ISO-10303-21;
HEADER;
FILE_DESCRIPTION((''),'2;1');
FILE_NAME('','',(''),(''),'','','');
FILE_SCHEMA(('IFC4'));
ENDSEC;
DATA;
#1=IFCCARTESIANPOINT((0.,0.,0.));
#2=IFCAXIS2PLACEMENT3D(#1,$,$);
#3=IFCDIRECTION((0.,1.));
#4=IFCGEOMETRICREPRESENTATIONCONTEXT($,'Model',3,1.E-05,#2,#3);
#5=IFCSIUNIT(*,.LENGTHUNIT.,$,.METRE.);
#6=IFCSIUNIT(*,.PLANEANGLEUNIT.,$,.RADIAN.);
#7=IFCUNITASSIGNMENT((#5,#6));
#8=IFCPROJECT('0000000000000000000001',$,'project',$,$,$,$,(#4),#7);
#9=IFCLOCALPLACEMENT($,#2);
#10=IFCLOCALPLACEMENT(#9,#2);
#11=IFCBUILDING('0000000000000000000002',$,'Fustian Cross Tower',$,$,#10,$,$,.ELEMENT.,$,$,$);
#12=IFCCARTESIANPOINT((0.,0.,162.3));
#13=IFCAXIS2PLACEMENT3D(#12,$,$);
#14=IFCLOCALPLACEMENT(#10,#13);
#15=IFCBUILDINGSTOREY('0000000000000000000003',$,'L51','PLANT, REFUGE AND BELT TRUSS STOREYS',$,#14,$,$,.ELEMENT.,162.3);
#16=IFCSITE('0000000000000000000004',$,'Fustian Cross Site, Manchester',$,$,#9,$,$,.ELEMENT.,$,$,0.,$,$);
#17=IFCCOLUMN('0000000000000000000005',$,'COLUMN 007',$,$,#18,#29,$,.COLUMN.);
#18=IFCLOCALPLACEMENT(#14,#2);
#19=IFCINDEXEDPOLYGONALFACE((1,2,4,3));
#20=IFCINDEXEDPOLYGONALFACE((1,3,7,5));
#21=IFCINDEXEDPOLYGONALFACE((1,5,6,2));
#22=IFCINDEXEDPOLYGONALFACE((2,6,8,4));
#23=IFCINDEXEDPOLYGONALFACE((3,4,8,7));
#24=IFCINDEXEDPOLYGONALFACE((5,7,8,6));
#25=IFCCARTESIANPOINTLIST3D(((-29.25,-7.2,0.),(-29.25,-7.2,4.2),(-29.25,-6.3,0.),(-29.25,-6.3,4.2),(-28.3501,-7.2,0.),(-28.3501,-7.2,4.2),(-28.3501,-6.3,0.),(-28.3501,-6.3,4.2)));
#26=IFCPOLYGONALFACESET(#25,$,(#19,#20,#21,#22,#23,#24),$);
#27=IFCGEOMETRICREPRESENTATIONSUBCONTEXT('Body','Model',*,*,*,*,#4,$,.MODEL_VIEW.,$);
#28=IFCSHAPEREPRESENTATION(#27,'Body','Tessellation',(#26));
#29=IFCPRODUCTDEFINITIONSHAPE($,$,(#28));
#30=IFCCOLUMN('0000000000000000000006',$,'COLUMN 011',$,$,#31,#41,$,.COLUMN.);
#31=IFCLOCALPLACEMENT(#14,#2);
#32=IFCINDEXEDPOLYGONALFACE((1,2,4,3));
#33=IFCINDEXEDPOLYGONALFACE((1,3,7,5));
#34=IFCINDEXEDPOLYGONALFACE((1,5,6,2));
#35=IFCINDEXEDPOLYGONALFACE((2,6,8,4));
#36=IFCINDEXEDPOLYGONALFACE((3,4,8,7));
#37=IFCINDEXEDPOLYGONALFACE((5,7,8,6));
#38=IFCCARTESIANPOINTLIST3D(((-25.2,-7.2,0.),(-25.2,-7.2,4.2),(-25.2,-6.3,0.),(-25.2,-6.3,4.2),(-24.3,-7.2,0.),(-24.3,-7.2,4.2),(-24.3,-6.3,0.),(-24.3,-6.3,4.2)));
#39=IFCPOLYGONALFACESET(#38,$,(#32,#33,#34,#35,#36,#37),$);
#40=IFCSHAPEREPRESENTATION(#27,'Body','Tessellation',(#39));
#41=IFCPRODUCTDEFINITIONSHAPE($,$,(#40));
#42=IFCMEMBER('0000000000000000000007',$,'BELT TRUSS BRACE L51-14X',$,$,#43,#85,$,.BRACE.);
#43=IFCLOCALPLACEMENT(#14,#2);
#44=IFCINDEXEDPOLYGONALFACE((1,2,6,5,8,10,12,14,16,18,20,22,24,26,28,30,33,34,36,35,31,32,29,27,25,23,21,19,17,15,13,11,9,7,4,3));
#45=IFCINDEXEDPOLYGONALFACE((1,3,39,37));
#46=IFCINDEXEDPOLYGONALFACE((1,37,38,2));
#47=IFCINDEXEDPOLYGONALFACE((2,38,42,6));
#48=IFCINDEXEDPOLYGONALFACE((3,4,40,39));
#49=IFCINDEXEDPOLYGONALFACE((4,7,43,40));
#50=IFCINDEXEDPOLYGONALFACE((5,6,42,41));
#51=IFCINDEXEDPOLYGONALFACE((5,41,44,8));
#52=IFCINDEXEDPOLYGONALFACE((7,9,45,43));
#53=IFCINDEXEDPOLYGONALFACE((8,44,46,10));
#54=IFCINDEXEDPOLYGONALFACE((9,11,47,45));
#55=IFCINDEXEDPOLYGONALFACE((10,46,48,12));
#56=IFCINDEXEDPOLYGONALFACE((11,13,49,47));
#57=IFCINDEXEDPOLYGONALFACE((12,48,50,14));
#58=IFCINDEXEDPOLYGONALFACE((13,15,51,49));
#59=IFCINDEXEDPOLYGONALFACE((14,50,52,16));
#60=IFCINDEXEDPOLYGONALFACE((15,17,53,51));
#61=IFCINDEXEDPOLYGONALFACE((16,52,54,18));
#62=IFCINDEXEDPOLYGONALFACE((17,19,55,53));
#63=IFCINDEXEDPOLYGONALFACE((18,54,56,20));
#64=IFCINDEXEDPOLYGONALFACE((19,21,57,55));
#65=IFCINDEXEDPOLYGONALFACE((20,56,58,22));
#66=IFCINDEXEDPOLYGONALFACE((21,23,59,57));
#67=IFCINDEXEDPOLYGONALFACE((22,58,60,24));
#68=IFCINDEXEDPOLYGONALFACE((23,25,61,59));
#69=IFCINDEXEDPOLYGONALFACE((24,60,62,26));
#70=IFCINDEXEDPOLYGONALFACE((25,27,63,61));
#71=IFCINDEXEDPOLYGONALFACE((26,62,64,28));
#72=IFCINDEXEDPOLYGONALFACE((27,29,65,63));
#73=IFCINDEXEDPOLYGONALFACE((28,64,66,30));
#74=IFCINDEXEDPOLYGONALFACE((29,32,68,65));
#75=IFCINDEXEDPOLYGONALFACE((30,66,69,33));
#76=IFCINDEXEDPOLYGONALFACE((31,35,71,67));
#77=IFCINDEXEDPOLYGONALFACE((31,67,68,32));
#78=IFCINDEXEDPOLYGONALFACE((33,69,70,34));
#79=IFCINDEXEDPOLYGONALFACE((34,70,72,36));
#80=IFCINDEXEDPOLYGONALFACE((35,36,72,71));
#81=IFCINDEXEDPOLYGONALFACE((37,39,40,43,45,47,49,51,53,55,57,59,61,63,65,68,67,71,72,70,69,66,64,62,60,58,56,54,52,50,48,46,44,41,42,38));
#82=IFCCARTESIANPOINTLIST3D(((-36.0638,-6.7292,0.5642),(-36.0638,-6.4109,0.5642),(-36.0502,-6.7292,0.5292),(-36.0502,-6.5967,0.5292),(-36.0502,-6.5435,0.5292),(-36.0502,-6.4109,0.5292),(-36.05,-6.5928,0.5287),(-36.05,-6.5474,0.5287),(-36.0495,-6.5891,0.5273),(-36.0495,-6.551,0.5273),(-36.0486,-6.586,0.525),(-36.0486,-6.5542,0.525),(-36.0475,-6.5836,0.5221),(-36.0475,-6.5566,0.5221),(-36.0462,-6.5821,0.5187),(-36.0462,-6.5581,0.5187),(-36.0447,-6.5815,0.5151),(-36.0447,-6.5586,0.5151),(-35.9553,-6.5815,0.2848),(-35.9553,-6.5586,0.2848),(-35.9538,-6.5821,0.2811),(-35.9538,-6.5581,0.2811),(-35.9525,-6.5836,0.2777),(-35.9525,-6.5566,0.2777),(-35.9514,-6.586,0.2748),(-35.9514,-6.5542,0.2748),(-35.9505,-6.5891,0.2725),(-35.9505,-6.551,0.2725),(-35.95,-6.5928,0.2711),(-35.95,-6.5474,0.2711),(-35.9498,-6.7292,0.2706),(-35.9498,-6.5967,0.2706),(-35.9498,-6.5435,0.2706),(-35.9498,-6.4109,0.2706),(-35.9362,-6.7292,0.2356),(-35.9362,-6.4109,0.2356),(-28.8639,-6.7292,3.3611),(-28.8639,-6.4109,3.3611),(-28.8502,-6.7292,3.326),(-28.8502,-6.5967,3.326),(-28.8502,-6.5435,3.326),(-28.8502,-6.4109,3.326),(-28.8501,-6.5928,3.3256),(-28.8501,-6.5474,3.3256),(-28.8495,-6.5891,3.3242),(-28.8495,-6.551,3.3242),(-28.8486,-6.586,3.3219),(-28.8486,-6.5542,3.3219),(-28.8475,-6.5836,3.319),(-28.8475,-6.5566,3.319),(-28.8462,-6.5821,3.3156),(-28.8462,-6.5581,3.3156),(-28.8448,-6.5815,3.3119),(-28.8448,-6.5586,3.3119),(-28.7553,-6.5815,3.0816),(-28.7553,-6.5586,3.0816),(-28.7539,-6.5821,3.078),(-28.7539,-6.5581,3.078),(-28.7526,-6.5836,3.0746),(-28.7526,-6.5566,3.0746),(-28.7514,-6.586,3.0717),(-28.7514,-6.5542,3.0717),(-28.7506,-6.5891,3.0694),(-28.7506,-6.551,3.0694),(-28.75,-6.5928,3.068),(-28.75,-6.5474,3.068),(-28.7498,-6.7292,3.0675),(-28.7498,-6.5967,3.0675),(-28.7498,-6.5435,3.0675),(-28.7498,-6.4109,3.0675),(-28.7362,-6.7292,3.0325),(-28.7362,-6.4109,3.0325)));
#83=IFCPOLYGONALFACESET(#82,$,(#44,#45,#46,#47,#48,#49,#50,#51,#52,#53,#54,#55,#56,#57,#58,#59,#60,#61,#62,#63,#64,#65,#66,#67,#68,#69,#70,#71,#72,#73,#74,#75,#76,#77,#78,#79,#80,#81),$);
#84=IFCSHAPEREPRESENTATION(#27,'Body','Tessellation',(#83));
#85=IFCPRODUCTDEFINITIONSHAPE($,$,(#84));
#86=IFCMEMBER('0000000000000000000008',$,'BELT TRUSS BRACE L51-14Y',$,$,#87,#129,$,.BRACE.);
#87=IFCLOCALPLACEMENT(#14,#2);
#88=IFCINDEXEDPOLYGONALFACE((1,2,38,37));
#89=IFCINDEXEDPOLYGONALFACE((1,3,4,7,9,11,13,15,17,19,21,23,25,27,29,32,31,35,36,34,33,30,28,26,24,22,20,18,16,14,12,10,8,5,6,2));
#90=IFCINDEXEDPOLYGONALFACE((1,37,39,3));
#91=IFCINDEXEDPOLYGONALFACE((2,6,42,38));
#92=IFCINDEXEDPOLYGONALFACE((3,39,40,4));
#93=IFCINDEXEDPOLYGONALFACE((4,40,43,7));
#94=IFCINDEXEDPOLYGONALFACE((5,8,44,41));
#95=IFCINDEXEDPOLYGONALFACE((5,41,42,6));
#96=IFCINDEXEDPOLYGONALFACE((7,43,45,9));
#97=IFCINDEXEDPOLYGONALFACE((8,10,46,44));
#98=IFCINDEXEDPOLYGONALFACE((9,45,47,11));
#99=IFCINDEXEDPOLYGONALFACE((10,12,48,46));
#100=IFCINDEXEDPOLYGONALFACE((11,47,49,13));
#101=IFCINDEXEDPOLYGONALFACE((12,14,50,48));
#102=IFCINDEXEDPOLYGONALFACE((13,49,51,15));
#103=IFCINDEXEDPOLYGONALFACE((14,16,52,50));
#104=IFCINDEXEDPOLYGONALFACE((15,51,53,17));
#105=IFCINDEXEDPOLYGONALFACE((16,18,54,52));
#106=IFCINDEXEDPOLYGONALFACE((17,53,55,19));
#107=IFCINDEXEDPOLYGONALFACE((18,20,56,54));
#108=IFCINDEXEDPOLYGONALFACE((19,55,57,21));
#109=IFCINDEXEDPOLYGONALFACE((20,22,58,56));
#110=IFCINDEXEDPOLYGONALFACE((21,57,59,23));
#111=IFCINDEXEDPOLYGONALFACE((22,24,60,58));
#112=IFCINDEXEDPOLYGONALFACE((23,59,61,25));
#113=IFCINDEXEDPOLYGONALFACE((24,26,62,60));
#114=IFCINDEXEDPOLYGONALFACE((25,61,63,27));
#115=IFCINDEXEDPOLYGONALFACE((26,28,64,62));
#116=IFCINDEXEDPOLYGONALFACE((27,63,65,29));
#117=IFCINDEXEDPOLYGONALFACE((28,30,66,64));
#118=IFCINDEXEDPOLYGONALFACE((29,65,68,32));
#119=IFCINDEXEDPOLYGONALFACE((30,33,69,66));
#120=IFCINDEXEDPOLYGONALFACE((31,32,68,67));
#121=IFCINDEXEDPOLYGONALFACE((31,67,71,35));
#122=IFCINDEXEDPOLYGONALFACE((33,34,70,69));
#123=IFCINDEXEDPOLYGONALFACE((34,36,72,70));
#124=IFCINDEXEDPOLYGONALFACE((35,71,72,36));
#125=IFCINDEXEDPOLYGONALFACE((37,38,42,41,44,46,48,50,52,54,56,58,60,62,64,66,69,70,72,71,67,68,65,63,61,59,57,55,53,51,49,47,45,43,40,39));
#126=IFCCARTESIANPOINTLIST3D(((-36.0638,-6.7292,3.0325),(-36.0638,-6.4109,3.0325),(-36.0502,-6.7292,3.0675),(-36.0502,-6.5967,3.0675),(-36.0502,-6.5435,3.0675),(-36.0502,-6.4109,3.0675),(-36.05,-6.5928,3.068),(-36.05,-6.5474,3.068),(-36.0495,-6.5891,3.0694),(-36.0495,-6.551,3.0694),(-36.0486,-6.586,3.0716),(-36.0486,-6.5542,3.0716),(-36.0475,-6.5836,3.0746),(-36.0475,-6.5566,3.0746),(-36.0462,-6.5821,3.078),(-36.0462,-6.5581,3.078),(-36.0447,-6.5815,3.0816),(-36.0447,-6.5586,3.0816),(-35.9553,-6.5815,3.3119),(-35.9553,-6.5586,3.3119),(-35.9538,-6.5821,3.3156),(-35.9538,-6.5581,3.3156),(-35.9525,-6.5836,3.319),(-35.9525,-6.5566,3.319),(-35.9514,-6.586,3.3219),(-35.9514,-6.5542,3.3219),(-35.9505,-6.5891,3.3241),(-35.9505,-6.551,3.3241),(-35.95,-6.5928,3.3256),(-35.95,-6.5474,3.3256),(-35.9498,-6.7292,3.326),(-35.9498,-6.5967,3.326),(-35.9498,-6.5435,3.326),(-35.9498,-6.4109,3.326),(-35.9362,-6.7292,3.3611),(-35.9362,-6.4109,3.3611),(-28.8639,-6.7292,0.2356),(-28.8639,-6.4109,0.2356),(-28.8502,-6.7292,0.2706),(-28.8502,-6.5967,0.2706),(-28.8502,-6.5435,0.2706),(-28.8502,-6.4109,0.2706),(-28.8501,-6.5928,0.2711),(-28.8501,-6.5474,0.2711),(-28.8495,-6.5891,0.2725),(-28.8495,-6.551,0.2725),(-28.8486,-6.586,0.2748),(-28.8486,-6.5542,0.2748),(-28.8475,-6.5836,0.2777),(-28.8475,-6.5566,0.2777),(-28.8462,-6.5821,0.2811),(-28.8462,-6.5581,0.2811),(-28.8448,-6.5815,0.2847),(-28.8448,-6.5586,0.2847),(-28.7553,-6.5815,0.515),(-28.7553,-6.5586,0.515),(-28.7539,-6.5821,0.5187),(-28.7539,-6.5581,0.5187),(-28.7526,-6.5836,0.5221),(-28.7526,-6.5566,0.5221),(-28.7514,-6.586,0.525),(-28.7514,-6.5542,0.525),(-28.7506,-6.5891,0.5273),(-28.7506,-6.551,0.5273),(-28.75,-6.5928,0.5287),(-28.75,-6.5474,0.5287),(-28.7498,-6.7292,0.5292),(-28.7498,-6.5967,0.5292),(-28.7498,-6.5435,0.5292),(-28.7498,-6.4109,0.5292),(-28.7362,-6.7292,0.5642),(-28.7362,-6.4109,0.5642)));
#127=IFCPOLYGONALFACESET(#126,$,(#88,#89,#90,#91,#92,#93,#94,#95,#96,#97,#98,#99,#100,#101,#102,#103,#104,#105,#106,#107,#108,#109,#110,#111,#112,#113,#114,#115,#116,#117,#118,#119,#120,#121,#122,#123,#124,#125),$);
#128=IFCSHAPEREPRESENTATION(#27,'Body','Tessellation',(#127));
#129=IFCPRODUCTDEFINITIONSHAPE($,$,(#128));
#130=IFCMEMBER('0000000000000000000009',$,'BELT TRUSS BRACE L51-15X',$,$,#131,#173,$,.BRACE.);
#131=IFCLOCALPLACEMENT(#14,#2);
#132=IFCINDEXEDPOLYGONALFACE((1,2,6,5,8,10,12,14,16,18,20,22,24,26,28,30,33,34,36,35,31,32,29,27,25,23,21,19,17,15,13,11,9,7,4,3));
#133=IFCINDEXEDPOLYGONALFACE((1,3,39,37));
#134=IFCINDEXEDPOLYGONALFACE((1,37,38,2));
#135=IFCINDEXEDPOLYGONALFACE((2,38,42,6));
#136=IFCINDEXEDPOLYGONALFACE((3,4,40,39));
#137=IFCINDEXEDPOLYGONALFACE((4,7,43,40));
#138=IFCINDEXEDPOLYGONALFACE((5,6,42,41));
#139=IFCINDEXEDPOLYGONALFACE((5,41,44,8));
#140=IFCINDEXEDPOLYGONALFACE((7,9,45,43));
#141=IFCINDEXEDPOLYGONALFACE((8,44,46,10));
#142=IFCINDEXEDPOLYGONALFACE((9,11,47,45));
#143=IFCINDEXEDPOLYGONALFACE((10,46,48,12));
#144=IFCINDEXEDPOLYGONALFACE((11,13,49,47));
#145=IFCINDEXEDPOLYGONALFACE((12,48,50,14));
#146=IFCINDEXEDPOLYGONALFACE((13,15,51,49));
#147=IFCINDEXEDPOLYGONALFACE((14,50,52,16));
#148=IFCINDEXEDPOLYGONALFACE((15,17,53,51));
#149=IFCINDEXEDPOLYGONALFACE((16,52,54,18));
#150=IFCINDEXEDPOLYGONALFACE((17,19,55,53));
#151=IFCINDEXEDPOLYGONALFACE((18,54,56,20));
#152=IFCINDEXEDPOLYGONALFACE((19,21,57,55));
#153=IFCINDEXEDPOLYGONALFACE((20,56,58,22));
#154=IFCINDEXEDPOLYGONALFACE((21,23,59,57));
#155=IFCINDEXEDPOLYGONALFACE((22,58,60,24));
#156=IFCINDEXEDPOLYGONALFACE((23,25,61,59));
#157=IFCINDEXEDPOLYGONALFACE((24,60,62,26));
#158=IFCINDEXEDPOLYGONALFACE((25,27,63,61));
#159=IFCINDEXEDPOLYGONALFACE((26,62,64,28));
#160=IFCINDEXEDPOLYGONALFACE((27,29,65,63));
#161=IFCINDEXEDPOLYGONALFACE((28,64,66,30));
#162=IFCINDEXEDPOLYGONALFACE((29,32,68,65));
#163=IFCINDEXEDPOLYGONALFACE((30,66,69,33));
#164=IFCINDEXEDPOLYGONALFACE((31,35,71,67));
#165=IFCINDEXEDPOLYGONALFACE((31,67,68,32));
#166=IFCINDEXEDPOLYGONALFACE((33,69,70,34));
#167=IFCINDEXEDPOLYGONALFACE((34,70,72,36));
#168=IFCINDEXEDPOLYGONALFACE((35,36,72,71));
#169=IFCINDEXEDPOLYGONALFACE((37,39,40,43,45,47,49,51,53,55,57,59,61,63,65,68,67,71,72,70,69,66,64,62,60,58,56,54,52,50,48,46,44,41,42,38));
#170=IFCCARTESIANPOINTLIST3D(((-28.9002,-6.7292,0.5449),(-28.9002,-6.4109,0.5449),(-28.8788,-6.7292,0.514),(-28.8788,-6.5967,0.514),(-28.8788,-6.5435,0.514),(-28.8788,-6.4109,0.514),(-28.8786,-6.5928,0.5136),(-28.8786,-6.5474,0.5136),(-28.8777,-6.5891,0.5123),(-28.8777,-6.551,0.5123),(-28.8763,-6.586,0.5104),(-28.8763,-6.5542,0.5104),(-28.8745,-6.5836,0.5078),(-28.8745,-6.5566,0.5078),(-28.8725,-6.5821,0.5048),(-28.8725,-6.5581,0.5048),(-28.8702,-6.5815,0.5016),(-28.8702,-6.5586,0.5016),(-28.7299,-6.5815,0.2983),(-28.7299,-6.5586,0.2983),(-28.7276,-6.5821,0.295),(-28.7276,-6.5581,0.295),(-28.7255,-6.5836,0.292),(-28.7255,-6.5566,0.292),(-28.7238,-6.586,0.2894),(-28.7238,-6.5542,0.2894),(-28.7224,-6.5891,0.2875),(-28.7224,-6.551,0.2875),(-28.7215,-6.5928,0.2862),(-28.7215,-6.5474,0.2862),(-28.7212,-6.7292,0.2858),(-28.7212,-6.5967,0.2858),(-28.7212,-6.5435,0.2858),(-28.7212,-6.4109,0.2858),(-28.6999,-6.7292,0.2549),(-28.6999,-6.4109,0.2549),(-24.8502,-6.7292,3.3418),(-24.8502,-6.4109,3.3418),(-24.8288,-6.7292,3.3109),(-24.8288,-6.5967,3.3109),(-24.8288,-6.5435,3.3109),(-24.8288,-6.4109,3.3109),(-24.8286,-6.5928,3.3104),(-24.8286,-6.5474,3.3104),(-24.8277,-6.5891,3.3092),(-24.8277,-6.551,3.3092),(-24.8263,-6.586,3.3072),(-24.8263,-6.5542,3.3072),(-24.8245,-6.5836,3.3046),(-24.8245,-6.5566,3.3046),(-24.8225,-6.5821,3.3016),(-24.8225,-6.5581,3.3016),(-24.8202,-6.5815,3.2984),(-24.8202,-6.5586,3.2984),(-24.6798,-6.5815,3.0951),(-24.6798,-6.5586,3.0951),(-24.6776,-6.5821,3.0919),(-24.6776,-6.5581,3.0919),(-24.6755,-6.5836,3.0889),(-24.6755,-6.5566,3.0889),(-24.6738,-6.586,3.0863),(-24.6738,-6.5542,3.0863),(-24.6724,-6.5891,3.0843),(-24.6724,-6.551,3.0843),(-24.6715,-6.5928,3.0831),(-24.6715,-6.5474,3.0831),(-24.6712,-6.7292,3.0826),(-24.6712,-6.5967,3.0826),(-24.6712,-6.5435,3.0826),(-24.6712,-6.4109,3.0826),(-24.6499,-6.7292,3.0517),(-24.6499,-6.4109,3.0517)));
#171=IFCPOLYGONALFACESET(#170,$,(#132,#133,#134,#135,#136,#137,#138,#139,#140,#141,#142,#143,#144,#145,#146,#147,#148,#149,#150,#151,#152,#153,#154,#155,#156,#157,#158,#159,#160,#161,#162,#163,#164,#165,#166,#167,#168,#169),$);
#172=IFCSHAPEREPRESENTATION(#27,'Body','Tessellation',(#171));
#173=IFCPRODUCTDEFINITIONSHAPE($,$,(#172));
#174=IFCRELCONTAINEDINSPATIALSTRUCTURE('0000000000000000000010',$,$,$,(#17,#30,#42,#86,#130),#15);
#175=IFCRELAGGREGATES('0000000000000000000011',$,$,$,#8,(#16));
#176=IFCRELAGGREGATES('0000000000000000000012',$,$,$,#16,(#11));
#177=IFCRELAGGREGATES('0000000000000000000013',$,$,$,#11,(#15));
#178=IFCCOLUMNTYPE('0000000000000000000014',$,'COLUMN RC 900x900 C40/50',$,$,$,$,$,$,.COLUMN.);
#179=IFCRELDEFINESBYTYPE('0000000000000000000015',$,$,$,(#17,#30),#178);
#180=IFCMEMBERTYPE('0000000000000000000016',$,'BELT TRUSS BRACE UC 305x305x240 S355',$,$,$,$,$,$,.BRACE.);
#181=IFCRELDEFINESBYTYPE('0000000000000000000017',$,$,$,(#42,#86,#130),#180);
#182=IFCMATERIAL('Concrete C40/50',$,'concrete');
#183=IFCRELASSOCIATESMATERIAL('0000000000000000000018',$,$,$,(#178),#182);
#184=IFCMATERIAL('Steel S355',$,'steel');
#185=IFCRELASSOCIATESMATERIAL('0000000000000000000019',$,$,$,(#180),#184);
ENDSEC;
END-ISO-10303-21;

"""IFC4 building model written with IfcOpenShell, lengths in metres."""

from ifc_helpers import new_model, si_unit, direction, frame, origin, origin_2d, place, context, subcontext, project, spatial, rectangle, i_section, extrude, material, material_profile, profile_set, type_object, element, save


model = new_model("IFC4")

# Units and contexts
model_context = context("Model", 3, precision=1e-05, world=origin(), true_north=direction((0.0, 1.0)))
body_context = subcontext(model_context, "Body", "Model", "MODEL_VIEW")
ifc_project = project(units=[si_unit("LENGTHUNIT", "METRE"), si_unit("PLANEANGLEUNIT", "RADIAN")], contexts=[model_context])

# Site, building, storey
site_placement = place(None, origin())
site = spatial("IfcSite", under=ifc_project, at=site_placement, Name="Fustian Cross Site, Manchester", CompositionType="ELEMENT", RefElevation=0.0)
building_placement = place(site_placement, origin())
building = spatial("IfcBuilding", under=site, at=building_placement, Name="Fustian Cross Tower", CompositionType="ELEMENT")
storey_placement = place(building_placement, frame((0.0, 0.0, 162.3)))
storey = spatial("IfcBuildingStorey", under=building, at=storey_placement, Name="L51", Description="PLANT, REFUGE AND BELT TRUSS STOREYS", CompositionType="ELEMENT", Elevation=162.3)

# Columns
ifc_material_1 = material(Name="Concrete C40/50", Category="concrete")
ifc_material_profile_1 = material_profile(ifc_material_1, rectangle(XDim=0.8999, YDim=0.8999, at=origin_2d()), Name="RC 900x900")
ifc_profile_set_1 = profile_set([ifc_material_profile_1], Name="Concrete C40/50")
column_type = type_object("IfcColumnType", Name="COLUMN RC 900x900 C40/50", PredefinedType="COLUMN", material=ifc_profile_set_1)
for number, where, z_axis, x_axis, name in (
    (1, (-28.8, -6.75, 0.0), (0.0, 0.0, 1.0), (1.0, 0.0, 0.0), "COLUMN 007"),
    (2, (-24.75, -6.75, 0.0), (0.0, 0.0, 1.0), (1.0, 0.0, 0.0), "COLUMN 011"),
):
    element("IfcColumn", number, at=place(storey_placement, frame(where, z_axis=z_axis, x_axis=x_axis)), inside=storey, type_object=column_type, Name=name, PredefinedType="COLUMN", context=body_context, shape_type="SweptSolid", body=[
        extrude(rectangle(XDim=0.8999, YDim=0.8999, at=origin_2d()), origin(), (0.0, 0.0, 1.0), 4.2),
    ])

# Members
ifc_material_2 = material(Name="Steel S355", Category="steel")
ifc_material_profile_2 = material_profile(ifc_material_2, i_section(OverallWidth=0.3184, OverallDepth=0.3525, WebThickness=0.0229, FlangeThickness=0.0376, FilletRadius=0.0151, at=origin_2d()), Name="UC 305x305x240")
ifc_profile_set_2 = profile_set([ifc_material_profile_2], Name="Steel S355")
member_type_1 = type_object("IfcMemberType", Name="BELT TRUSS BRACE UC 305x305x240 S355", PredefinedType="BRACE", material=ifc_profile_set_2)
for number, where, z_axis, x_axis, name in (
    (3, (-36.0, -6.5701, 0.3999), (0.93214, 0.0, 0.362097), (0.0, 1.0, 0.0), "BELT TRUSS BRACE L51-14X"),
    (4, (-36.0, -6.5701, 3.1968), (0.93214, 0.0, -0.362097), (0.0, 1.0, 0.0), "BELT TRUSS BRACE L51-14Y"),
):
    element("IfcMember", number, at=place(storey_placement, frame(where, z_axis=z_axis, x_axis=x_axis)), inside=storey, type_object=member_type_1, Name=name, PredefinedType="BRACE", context=body_context, shape_type="SweptSolid", body=[
        extrude(i_section(OverallWidth=0.3184, OverallDepth=0.3525, WebThickness=0.0229, FlangeThickness=0.0376, FilletRadius=0.0151, at=origin_2d()), origin(), (0.0, 0.0, 1.0), 7.7241),
    ])
for number, where, z_axis, x_axis, name in (
    (5, (-28.8, -6.5701, 0.3999), (0.822858, 0.0, 0.568247), (0.0, 1.0, 0.0), "BELT TRUSS BRACE L51-15X"),
):
    element("IfcMember", number, at=place(storey_placement, frame(where, z_axis=z_axis, x_axis=x_axis)), inside=storey, type_object=member_type_1, Name=name, PredefinedType="BRACE", context=body_context, shape_type="SweptSolid", body=[
        extrude(i_section(OverallWidth=0.3184, OverallDepth=0.3525, WebThickness=0.0229, FlangeThickness=0.0376, FilletRadius=0.0151, at=origin_2d()), origin(), (0.0, 0.0, 1.0), 4.9219),
    ])

save(model, "model.ifc")
